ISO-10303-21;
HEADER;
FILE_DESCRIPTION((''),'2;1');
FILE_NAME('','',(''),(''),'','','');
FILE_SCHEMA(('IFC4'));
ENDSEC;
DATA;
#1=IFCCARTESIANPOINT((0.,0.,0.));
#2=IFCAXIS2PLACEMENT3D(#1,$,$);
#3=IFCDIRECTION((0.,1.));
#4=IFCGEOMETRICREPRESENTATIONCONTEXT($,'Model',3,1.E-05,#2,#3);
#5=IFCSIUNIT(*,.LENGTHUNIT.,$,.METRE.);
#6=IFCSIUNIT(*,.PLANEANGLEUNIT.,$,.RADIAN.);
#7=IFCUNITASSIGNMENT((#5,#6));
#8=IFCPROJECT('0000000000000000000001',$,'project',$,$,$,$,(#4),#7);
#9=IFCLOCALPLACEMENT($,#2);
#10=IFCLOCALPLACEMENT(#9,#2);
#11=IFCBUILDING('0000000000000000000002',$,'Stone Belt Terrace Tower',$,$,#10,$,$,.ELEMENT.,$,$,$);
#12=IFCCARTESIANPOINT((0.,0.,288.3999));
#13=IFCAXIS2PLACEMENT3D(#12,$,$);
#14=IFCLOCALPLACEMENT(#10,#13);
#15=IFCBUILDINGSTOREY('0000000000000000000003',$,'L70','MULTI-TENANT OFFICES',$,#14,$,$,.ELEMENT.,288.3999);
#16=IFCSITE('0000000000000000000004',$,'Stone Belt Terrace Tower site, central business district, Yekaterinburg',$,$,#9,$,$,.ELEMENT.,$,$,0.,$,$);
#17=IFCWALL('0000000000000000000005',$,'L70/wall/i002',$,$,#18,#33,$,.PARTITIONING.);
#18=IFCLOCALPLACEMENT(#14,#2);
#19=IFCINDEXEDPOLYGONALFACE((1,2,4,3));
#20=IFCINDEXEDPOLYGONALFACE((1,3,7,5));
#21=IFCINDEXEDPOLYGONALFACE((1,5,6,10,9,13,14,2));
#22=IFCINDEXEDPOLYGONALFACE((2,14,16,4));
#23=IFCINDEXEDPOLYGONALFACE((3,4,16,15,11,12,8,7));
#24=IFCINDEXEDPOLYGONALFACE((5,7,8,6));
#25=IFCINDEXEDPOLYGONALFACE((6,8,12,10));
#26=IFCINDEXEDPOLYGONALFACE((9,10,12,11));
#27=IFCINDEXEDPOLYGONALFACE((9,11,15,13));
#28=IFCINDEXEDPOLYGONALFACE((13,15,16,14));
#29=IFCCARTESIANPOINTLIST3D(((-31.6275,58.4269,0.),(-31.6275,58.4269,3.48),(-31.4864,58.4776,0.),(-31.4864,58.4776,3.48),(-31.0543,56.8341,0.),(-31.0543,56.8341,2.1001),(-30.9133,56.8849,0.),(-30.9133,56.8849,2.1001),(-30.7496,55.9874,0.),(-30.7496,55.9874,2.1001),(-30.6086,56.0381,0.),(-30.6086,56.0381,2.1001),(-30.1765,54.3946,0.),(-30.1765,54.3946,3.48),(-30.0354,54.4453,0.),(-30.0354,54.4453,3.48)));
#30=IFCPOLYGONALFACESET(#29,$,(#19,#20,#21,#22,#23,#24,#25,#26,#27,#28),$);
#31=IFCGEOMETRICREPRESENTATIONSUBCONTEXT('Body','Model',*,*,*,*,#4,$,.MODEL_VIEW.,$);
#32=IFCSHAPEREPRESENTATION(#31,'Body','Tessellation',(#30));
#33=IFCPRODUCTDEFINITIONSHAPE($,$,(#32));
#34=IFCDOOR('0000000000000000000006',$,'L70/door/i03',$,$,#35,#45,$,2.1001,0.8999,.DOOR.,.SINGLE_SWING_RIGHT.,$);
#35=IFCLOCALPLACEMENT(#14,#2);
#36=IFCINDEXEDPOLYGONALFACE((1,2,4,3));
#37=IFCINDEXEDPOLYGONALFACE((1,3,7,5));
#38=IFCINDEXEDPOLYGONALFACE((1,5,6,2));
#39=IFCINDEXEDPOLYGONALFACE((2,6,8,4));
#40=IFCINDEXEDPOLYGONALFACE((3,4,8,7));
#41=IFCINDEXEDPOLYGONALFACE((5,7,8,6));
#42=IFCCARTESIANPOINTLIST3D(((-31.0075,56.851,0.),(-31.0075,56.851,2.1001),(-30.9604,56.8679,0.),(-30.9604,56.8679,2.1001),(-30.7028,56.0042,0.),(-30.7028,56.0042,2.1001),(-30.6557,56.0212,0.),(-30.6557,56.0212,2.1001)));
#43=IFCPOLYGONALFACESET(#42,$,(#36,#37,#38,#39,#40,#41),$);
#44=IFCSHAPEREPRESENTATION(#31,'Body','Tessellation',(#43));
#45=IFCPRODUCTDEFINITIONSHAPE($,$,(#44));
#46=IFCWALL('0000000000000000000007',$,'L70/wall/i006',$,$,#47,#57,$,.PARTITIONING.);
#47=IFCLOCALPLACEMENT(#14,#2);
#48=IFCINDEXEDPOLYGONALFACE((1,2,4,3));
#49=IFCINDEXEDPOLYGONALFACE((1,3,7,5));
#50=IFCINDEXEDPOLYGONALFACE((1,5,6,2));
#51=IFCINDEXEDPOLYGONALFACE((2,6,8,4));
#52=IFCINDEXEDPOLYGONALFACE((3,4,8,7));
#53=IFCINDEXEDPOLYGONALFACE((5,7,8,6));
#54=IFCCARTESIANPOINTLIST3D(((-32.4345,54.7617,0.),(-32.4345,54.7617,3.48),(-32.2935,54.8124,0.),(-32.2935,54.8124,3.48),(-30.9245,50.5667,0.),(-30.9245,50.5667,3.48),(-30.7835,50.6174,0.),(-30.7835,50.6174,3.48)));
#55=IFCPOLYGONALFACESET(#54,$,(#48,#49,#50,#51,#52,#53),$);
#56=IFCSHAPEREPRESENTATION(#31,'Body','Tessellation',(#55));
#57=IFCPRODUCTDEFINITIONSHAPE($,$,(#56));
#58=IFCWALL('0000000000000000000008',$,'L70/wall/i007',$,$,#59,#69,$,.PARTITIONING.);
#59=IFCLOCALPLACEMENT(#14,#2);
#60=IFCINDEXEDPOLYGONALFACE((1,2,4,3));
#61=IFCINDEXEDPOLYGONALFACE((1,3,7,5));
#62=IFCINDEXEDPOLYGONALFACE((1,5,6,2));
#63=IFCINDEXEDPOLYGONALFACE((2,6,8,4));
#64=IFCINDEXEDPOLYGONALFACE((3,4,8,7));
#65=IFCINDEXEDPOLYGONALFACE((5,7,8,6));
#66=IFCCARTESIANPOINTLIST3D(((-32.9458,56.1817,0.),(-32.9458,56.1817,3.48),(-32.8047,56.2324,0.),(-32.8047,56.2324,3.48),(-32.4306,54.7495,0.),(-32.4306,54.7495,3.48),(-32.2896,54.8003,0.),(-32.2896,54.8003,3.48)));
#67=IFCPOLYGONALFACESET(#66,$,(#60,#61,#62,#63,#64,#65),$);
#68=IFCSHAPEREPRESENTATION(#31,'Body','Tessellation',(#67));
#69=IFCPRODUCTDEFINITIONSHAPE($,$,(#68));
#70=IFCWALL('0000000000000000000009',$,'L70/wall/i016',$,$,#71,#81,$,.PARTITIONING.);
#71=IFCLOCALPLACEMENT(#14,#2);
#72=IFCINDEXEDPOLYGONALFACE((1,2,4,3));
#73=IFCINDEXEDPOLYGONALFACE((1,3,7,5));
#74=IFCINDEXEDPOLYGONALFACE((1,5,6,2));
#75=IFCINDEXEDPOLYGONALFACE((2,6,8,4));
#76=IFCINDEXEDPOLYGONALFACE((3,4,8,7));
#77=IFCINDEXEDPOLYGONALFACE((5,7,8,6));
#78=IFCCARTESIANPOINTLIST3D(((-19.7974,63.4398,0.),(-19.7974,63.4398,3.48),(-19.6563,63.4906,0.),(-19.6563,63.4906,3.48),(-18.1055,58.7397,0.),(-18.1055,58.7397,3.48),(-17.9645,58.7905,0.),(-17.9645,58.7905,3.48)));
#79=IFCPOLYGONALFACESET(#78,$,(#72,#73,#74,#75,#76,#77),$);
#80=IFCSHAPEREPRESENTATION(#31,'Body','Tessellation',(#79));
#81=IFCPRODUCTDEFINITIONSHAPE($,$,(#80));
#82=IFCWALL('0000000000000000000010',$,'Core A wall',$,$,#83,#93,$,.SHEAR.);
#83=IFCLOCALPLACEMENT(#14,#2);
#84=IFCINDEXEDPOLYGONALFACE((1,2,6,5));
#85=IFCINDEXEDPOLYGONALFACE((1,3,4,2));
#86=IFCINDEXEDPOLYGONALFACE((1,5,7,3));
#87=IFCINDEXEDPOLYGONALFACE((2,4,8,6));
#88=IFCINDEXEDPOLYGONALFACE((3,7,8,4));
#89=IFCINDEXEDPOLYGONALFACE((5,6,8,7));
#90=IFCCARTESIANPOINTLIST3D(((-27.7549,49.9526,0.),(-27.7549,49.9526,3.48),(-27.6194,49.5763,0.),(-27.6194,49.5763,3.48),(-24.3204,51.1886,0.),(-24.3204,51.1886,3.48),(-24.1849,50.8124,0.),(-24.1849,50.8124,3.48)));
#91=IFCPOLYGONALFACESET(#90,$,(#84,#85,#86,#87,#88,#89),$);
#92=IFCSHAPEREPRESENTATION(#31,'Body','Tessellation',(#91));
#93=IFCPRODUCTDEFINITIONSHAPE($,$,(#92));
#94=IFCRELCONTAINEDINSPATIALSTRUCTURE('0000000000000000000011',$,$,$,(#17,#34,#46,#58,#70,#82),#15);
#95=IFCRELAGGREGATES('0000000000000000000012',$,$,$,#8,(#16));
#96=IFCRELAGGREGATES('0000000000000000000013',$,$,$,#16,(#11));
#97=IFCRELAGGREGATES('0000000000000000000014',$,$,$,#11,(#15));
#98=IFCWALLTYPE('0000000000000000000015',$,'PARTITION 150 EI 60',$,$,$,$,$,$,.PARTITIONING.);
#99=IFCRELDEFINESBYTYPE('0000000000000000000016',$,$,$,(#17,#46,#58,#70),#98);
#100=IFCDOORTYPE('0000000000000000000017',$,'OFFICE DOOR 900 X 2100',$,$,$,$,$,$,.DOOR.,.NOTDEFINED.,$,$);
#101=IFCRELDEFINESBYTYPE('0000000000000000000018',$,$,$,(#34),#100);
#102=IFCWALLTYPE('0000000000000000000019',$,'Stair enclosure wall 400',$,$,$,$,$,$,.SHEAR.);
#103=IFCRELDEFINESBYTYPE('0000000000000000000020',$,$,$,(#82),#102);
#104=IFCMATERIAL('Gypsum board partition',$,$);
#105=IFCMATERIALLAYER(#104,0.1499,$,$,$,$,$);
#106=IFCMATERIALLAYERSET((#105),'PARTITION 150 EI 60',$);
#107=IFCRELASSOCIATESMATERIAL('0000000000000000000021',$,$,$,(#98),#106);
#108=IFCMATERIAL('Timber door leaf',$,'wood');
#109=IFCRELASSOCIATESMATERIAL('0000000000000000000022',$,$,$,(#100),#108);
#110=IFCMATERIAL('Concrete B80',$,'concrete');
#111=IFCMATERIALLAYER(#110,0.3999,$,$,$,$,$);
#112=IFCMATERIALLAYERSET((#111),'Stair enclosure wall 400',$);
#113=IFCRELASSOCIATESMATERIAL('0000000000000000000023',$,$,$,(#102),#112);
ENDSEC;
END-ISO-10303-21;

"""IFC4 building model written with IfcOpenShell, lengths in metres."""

from ifc_helpers import new_model, si_unit, direction, frame, frame_2d, origin, place, context, subcontext, project, spatial, rectangle, extrude, material, layer, layer_set, type_object, element, fill, save


model = new_model("IFC4")

# Units and contexts
model_context = context("Model", 3, precision=1e-05, world=origin(), true_north=direction((0.0, 1.0)))
body_context = subcontext(model_context, "Body", "Model", "MODEL_VIEW")
ifc_project = project(units=[si_unit("LENGTHUNIT", "METRE"), si_unit("PLANEANGLEUNIT", "RADIAN")], contexts=[model_context])

# Site, building, storey
site_placement = place(None, origin())
site = spatial("IfcSite", under=ifc_project, at=site_placement, Name="Stone Belt Terrace Tower site, central business district, Yekaterinburg", CompositionType="ELEMENT", RefElevation=0.0)
building_placement = place(site_placement, origin())
building = spatial("IfcBuilding", under=site, at=building_placement, Name="Stone Belt Terrace Tower", CompositionType="ELEMENT")
storey_placement = place(building_placement, frame((0.0, 0.0, 288.3999)))
storey = spatial("IfcBuildingStorey", under=building, at=storey_placement, Name="L70", Description="MULTI-TENANT OFFICES", CompositionType="ELEMENT", Elevation=288.3999)

# Shared definitions
ifc_material_1 = material(Name="Timber door leaf", Category="wood")

# Shared definitions
ifc_material_2 = material(Name="Concrete B80", Category="concrete")

# Wall, opening, door
ifc_material_3 = material(Name="Gypsum board partition")
ifc_layer_1 = layer(ifc_material_3, 0.1499)
ifc_layer_set_1 = layer_set([ifc_layer_1], Name="PARTITION 150 EI 60")
wall_type_1 = type_object("IfcWallType", Name="PARTITION 150 EI 60", PredefinedType="PARTITIONING", material=ifc_layer_set_1)
wall_1_placement = place(storey_placement, frame((-31.5569, 58.4521, 0.0), z_axis=(0.0, 0.0, 1.0), x_axis=(0.33858, -0.940938, 0.0)))
wall_1 = element("IfcWall", 1, at=wall_1_placement, inside=storey, type_object=wall_type_1, Name="L70/wall/i002", PredefinedType="PARTITIONING", context=body_context, shape_type="SweptSolid", body=[
    extrude(rectangle(XDim=4.2854, YDim=0.1499, at=frame_2d((2.1426, 0.0))), origin(), (0.0, 0.0, 1.0), 3.48),
])
opening_1_placement = place(wall_1_placement, frame((1.6926, 0.0, 0.0)))
opening_1 = element("IfcOpeningElement", 2, at=opening_1_placement, cuts=wall_1, PredefinedType="OPENING", context=body_context, shape_type="SweptSolid", body=[
    extrude(rectangle(XDim=0.8999, YDim=2.1001, at=frame_2d((0.45, 1.05))), frame((0.0, 0.085, 0.0), z_axis=(0.0, -1.0, 0.0), x_axis=(1.0, 0.0, 0.0)), (0.0, 0.0, 1.0), 0.1699),
])
door_type_1 = type_object("IfcDoorType", Name="OFFICE DOOR 900 X 2100", OperationType="NOTDEFINED", PredefinedType="DOOR", material=ifc_material_1)
door_1_placement = place(opening_1_placement, origin())
door_1 = element("IfcDoor", 3, at=door_1_placement, inside=storey, type_object=door_type_1, Name="L70/door/i03", OperationType="SINGLE_SWING_RIGHT", OverallHeight=2.1001, OverallWidth=0.8999, PredefinedType="DOOR", context=body_context, shape_type="SweptSolid", body=[
    extrude(rectangle(XDim=0.8999, YDim=2.1001, at=frame_2d((0.45, 1.05))), frame((0.0, 0.0249, 0.0), z_axis=(0.0, -1.0, 0.0), x_axis=(1.0, 0.0, 0.0)), (0.0, 0.0, 1.0), 0.05),
])
fill(opening_1, door_1)

# Walls
wall_2_placement = place(storey_placement, frame((-30.854, 50.592, 0.0), z_axis=(0.0, 0.0, 1.0), x_axis=(-0.338677, 0.940903, 0.0)))
element("IfcWall", 4, at=wall_2_placement, inside=storey, type_object=wall_type_1, Name="L70/wall/i006", PredefinedType="PARTITIONING", context=body_context, shape_type="SweptSolid", body=[
    extrude(rectangle(XDim=4.4585, YDim=0.1499, at=frame_2d((2.2292, 0.0))), origin(), (0.0, 0.0, 1.0), 3.48),
])
wall_3_placement = place(storey_placement, frame((-32.3601, 54.7749, 0.0), z_axis=(0.0, 0.0, 1.0), x_axis=(-0.33847, 0.940977, 0.0)))
element("IfcWall", 5, at=wall_3_placement, inside=storey, type_object=wall_type_1, Name="L70/wall/i007", PredefinedType="PARTITIONING", context=body_context, shape_type="SweptSolid", body=[
    extrude(rectangle(XDim=1.522, YDim=0.1499, at=frame_2d((0.761, 0.0))), origin(), (0.0, 0.0, 1.0), 3.48),
])
wall_4_placement = place(storey_placement, frame((-19.7268, 63.4651, 0.0), z_axis=(0.0, 0.0, 1.0), x_axis=(0.338688, -0.940899, 0.0)))
element("IfcWall", 6, at=wall_4_placement, inside=storey, type_object=wall_type_1, Name="L70/wall/i016", PredefinedType="PARTITIONING", context=body_context, shape_type="SweptSolid", body=[
    extrude(rectangle(XDim=4.9954, YDim=0.1499, at=frame_2d((2.4976, 0.0))), origin(), (0.0, 0.0, 1.0), 3.48),
])
ifc_layer_2 = layer(ifc_material_2, 0.3999)
ifc_layer_set_2 = layer_set([ifc_layer_2], Name="Stair enclosure wall 400")
wall_type_2 = type_object("IfcWallType", Name="Stair enclosure wall 400", PredefinedType="SHEAR", material=ifc_layer_set_2)
wall_5_placement = place(storey_placement, frame((-27.6873, 49.7644, 0.0), z_axis=(0.0, 0.0, 1.0), x_axis=(0.940919, 0.338632, 0.0)))
element("IfcWall", 7, at=wall_5_placement, inside=storey, type_object=wall_type_2, Name="Core A wall", PredefinedType="SHEAR", context=body_context, shape_type="SweptSolid", body=[
    extrude(rectangle(XDim=3.6501, YDim=0.3999, at=frame_2d((1.8252, 0.0))), origin(), (0.0, 0.0, 1.0), 3.48),
])

save(model, "model.ifc")
